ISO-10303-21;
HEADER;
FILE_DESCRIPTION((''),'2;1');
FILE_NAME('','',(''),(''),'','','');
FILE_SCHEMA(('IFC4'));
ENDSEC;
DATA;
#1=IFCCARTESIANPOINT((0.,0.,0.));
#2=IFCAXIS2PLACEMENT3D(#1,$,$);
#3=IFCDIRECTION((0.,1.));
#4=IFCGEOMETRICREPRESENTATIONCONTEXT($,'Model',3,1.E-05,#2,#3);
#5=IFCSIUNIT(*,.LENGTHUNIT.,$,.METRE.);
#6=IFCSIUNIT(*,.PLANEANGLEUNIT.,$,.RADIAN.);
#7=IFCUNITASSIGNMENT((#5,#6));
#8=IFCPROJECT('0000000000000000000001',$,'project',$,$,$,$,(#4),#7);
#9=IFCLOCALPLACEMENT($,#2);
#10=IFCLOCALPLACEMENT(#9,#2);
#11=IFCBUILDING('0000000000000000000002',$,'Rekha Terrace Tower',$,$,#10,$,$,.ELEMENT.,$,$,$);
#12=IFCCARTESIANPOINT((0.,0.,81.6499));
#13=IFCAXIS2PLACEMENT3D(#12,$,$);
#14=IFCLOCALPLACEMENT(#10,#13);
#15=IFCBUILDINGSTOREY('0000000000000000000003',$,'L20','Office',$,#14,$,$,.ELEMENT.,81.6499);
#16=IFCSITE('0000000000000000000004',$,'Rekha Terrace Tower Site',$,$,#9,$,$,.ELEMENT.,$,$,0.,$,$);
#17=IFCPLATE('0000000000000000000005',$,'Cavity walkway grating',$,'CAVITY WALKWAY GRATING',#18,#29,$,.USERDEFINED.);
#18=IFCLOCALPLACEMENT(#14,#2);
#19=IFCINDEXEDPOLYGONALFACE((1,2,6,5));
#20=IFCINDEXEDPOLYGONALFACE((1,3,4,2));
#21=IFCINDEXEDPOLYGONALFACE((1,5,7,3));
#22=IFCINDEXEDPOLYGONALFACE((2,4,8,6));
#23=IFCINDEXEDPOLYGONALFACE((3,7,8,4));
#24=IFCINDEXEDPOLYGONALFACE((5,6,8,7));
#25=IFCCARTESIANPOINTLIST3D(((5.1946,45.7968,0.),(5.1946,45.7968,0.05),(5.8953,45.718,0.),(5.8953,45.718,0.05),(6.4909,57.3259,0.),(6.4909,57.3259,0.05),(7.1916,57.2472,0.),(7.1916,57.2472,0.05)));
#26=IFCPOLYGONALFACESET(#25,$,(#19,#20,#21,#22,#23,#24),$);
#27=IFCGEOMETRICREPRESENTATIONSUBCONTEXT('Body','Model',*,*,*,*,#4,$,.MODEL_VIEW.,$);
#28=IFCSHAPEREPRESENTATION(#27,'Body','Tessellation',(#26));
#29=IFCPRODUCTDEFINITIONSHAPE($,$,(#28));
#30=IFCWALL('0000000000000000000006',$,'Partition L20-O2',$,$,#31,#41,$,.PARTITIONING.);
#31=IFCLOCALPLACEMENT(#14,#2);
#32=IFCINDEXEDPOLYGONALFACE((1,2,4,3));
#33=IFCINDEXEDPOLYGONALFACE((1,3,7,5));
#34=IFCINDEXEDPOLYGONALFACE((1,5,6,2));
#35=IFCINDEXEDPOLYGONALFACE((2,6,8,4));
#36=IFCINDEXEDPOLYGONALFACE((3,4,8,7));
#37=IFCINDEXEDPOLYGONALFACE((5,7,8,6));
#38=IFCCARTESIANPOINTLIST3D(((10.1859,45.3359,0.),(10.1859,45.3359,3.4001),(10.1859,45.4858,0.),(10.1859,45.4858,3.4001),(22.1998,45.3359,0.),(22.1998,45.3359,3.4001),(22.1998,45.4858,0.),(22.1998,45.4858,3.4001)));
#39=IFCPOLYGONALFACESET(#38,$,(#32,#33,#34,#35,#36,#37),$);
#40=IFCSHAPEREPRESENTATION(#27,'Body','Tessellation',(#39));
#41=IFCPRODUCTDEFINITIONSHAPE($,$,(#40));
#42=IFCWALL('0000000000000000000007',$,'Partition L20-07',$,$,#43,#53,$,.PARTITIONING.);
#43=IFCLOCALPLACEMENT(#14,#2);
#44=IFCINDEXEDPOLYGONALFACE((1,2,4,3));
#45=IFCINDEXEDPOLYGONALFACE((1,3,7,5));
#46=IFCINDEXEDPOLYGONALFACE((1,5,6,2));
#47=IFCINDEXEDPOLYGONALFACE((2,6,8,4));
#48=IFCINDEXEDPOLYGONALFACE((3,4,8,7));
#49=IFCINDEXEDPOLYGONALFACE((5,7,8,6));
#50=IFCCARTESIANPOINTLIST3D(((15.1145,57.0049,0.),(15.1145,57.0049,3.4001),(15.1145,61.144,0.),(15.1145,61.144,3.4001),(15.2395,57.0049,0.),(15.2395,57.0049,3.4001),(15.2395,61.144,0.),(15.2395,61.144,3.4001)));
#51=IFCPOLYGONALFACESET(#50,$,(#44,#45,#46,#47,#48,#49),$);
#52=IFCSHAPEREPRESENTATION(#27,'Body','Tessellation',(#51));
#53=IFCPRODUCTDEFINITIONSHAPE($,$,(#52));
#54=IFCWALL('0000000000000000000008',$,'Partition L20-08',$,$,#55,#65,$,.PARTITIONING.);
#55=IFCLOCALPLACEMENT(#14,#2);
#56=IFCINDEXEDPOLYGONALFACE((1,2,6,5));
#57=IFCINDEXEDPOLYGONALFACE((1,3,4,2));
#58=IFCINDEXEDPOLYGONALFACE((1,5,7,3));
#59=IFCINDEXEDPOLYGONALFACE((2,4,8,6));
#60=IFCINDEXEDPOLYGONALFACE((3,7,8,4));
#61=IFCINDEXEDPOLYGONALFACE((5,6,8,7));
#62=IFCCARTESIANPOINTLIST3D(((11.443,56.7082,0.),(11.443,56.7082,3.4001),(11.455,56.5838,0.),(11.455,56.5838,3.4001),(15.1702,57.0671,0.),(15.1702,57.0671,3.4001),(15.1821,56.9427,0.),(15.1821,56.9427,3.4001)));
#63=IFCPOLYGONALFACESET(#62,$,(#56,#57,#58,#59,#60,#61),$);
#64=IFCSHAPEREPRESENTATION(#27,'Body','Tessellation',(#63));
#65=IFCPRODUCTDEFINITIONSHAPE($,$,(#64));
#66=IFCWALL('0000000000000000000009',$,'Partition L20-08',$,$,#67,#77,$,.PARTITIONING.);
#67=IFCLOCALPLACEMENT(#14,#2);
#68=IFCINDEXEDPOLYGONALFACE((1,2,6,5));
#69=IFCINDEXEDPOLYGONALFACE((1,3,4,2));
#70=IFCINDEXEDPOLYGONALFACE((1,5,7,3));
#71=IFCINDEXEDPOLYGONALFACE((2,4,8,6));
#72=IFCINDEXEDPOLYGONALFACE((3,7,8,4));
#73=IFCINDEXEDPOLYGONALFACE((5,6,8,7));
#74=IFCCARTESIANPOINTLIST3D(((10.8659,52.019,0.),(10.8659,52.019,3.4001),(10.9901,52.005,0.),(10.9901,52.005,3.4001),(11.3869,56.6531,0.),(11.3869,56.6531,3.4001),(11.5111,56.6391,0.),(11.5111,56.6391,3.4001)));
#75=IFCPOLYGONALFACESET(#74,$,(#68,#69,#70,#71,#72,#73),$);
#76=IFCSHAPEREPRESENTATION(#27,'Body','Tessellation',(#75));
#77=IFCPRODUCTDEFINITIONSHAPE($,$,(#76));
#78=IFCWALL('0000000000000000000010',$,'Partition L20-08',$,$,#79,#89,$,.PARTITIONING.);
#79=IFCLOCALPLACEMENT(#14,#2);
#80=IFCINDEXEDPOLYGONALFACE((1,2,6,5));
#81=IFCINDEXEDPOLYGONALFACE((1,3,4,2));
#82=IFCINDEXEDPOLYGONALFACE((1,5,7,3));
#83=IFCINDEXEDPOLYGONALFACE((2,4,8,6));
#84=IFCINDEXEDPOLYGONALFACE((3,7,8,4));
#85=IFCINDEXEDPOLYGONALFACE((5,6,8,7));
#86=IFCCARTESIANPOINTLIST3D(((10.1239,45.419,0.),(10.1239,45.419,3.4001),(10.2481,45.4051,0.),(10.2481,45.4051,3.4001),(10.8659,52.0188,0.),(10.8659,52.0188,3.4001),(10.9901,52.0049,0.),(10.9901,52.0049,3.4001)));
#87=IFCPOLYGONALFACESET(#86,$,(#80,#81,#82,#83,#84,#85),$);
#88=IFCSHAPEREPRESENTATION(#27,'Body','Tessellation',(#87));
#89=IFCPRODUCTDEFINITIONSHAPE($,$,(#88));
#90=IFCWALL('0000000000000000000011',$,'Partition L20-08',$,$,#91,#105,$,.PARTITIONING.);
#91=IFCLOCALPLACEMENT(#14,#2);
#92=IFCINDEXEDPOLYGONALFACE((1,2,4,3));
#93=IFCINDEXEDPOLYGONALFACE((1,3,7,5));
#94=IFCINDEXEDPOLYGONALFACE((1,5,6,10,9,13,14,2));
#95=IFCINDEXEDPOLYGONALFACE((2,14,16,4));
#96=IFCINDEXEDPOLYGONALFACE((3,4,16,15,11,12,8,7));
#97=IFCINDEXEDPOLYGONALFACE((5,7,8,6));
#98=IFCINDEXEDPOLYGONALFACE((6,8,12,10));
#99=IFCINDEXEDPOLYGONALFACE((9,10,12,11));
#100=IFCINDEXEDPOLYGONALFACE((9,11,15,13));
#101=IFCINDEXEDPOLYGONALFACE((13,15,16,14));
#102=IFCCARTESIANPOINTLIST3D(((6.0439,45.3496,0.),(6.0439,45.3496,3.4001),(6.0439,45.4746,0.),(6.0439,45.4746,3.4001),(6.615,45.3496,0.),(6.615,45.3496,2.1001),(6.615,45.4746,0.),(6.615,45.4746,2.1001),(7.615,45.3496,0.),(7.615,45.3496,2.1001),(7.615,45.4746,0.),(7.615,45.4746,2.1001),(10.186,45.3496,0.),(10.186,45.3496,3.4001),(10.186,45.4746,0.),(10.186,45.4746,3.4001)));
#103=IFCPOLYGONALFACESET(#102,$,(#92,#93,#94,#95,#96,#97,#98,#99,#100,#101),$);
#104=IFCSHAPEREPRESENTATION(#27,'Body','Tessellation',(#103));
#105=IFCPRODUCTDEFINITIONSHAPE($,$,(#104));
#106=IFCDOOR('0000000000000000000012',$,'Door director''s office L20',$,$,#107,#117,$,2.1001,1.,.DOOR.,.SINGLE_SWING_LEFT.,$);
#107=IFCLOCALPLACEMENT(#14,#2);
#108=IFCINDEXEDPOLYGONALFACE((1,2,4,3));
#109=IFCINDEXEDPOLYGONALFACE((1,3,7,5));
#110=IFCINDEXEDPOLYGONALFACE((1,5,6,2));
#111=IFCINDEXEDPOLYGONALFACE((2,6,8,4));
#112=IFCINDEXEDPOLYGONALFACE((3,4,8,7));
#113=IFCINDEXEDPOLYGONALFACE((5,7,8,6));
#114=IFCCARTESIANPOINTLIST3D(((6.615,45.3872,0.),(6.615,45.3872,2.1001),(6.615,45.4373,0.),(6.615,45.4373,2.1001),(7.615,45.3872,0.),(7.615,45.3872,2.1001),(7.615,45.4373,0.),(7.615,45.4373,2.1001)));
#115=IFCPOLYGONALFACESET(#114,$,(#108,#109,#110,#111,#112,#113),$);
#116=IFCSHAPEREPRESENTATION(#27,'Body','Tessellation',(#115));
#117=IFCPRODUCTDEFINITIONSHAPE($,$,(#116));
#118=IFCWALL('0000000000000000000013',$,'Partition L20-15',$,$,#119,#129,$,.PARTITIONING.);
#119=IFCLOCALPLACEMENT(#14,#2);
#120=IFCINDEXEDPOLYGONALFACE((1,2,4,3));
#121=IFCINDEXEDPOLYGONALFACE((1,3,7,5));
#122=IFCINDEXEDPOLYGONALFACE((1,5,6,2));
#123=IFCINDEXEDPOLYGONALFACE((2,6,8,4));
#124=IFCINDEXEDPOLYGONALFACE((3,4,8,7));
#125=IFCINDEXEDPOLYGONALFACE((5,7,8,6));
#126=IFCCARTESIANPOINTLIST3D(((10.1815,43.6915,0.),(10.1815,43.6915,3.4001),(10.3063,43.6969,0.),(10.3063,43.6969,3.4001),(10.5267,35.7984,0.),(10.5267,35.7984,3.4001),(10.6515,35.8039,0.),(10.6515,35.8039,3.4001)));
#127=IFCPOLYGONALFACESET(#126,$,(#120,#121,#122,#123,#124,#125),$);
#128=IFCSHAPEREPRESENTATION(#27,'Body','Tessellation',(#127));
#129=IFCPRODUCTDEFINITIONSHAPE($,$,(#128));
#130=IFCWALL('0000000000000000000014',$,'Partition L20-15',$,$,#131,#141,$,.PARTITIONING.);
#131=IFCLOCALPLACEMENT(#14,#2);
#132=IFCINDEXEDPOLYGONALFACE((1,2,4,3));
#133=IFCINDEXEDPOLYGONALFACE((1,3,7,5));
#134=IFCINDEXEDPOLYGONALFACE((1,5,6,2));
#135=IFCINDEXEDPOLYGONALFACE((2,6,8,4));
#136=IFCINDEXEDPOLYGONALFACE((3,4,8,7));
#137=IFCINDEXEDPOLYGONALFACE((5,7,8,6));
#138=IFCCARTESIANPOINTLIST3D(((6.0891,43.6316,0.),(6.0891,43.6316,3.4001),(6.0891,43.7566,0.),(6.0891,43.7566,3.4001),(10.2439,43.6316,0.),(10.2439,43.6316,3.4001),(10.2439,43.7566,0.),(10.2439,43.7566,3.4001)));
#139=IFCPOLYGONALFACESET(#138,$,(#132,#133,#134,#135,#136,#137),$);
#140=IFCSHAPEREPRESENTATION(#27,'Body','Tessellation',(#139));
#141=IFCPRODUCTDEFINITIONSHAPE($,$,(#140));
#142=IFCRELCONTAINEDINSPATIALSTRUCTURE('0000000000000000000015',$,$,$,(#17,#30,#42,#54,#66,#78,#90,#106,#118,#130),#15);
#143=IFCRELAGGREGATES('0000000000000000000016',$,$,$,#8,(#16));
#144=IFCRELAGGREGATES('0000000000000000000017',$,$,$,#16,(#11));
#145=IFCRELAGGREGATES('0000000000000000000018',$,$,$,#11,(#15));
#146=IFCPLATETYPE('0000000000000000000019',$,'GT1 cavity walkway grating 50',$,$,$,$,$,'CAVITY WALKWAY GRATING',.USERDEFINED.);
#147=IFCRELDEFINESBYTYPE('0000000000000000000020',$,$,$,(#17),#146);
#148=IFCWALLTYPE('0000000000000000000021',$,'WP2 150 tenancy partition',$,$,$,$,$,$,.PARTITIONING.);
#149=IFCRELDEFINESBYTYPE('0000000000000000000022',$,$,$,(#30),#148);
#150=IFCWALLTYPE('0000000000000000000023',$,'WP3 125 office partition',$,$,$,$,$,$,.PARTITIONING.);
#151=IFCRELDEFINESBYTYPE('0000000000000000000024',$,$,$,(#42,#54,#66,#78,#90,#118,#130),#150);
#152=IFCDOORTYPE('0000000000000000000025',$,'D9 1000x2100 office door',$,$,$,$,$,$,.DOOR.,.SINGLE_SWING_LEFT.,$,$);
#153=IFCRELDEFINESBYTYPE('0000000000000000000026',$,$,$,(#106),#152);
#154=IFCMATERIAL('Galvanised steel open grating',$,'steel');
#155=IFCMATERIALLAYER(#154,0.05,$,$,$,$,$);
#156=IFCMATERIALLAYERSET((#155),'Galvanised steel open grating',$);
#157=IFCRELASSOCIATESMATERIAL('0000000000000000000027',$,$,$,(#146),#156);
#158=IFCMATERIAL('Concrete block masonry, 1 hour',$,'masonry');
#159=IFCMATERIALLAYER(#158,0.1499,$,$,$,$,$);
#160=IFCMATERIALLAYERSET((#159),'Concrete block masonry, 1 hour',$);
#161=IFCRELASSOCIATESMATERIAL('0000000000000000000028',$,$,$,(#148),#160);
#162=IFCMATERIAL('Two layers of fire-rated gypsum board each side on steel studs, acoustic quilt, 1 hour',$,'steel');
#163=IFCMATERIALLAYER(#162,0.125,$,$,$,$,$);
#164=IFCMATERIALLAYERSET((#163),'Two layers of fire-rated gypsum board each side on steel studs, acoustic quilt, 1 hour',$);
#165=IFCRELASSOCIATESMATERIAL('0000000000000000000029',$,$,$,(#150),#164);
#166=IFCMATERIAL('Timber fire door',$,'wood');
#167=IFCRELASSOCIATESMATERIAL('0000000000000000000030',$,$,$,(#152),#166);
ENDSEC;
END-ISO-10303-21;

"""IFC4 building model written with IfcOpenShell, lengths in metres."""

from ifc_helpers import new_model, si_unit, direction, frame, frame_2d, origin, origin_2d, place, context, subcontext, project, spatial, rectangle, extrude, material, layer, layer_set, type_object, element, fill, save


model = new_model("IFC4")

# Units and contexts
model_context = context("Model", 3, precision=1e-05, world=origin(), true_north=direction((0.0, 1.0)))
body_context = subcontext(model_context, "Body", "Model", "MODEL_VIEW")
ifc_project = project(units=[si_unit("LENGTHUNIT", "METRE"), si_unit("PLANEANGLEUNIT", "RADIAN")], contexts=[model_context])

# Site, building, storey
site_placement = place(None, origin())
site = spatial("IfcSite", under=ifc_project, at=site_placement, Name="Rekha Terrace Tower Site", CompositionType="ELEMENT", RefElevation=0.0)
building_placement = place(site_placement, origin())
building = spatial("IfcBuilding", under=site, at=building_placement, Name="Rekha Terrace Tower", CompositionType="ELEMENT")
storey_placement = place(building_placement, frame((0.0, 0.0, 81.6499)))
storey = spatial("IfcBuildingStorey", under=building, at=storey_placement, Name="L20", Description="Office", CompositionType="ELEMENT", Elevation=81.6499)

# Plate
ifc_material_1 = material(Name="Galvanised steel open grating", Category="steel")
ifc_layer_1 = layer(ifc_material_1, 0.05)
ifc_layer_set_1 = layer_set([ifc_layer_1], Name="Galvanised steel open grating")
plate_type_1 = type_object("IfcPlateType", Name="GT1 cavity walkway grating 50", ElementType="CAVITY WALKWAY GRATING", PredefinedType="USERDEFINED", material=ifc_layer_set_1)
plate_1_placement = place(storey_placement, frame((6.1931, 51.522, 0.0), z_axis=(0.0, 0.0, 1.0), x_axis=(-0.11173, -0.993739, 0.0)))
element("IfcPlate", 1, at=plate_1_placement, inside=storey, type_object=plate_type_1, Name="Cavity walkway grating", ObjectType="CAVITY WALKWAY GRATING", PredefinedType="USERDEFINED", context=body_context, shape_type="SweptSolid", body=[
    extrude(rectangle(XDim=11.6018, YDim=0.7051, at=origin_2d()), origin(), (0.0, 0.0, 1.0), 0.05),
])

# Walls
ifc_material_2 = material(Name="Concrete block masonry, 1 hour", Category="masonry")
ifc_layer_2 = layer(ifc_material_2, 0.1499)
ifc_layer_set_2 = layer_set([ifc_layer_2], Name="Concrete block masonry, 1 hour")
wall_type_1 = type_object("IfcWallType", Name="WP2 150 tenancy partition", PredefinedType="PARTITIONING", material=ifc_layer_set_2)
wall_1_placement = place(storey_placement, frame((10.186, 45.4109, 0.0), z_axis=(0.0, 0.0, 1.0), x_axis=(1.0, 0.0, 0.0)))
element("IfcWall", 2, at=wall_1_placement, inside=storey, type_object=wall_type_1, Name="Partition L20-O2", PredefinedType="PARTITIONING", context=body_context, shape_type="SweptSolid", body=[
    extrude(rectangle(XDim=12.0139, YDim=0.1499, at=frame_2d((6.0068, 0.0))), origin(), (0.0, 0.0, 1.0), 3.4001),
])
ifc_material_3 = material(Name="Two layers of fire-rated gypsum board each side on steel studs, acoustic quilt, 1 hour", Category="steel")
ifc_layer_3 = layer(ifc_material_3, 0.125)
ifc_layer_set_3 = layer_set([ifc_layer_3], Name="Two layers of fire-rated gypsum board each side on steel studs, acoustic quilt, 1 hour")
wall_type_2 = type_object("IfcWallType", Name="WP3 125 office partition", PredefinedType="PARTITIONING", material=ifc_layer_set_3)
wall_2_placement = place(storey_placement, frame((15.177, 57.0049, 0.0), z_axis=(0.0, 0.0, 1.0), x_axis=(0.0, 1.0, 0.0)))
element("IfcWall", 3, at=wall_2_placement, inside=storey, type_object=wall_type_2, Name="Partition L20-07", PredefinedType="PARTITIONING", context=body_context, shape_type="SweptSolid", body=[
    extrude(rectangle(XDim=4.1392, YDim=0.125, at=frame_2d((2.0696, 0.0))), origin(), (0.0, 0.0, 1.0), 3.4001),
])
wall_3_placement = place(storey_placement, frame((15.176, 57.0049, 0.0), z_axis=(0.0, 0.0, 1.0), x_axis=(-0.995396, -0.095849, 0.0)))
element("IfcWall", 4, at=wall_3_placement, inside=storey, type_object=wall_type_2, Name="Partition L20-08", PredefinedType="PARTITIONING", context=body_context, shape_type="SweptSolid", body=[
    extrude(rectangle(XDim=3.7444, YDim=0.125, at=frame_2d((1.8721, 0.0))), origin(), (0.0, 0.0, 1.0), 3.4001),
])
wall_4_placement = place(storey_placement, frame((11.449, 56.646, 0.0), z_axis=(0.0, 0.0, 1.0), x_axis=(-0.111724, -0.993739, 0.0)))
element("IfcWall", 5, at=wall_4_placement, inside=storey, type_object=wall_type_2, Name="Partition L20-08", PredefinedType="PARTITIONING", context=body_context, shape_type="SweptSolid", body=[
    extrude(rectangle(XDim=4.6633, YDim=0.125, at=frame_2d((2.3315, 0.0))), origin(), (0.0, 0.0, 1.0), 3.4001),
])
wall_5_placement = place(storey_placement, frame((10.928, 52.012, 0.0), z_axis=(0.0, 0.0, 1.0), x_axis=(-0.111714, -0.99374, 0.0)))
element("IfcWall", 6, at=wall_5_placement, inside=storey, type_object=wall_type_2, Name="Partition L20-08", PredefinedType="PARTITIONING", context=body_context, shape_type="SweptSolid", body=[
    extrude(rectangle(XDim=6.6414, YDim=0.125, at=frame_2d((3.3208, 0.0))), origin(), (0.0, 0.0, 1.0), 3.4001),
])

# Wall, opening, door
wall_6_placement = place(storey_placement, frame((10.186, 45.4121, 0.0), z_axis=(0.0, 0.0, 1.0), x_axis=(-1.0, 0.0, 0.0)))
wall_6 = element("IfcWall", 7, at=wall_6_placement, inside=storey, type_object=wall_type_2, Name="Partition L20-08", PredefinedType="PARTITIONING", context=body_context, shape_type="SweptSolid", body=[
    extrude(rectangle(XDim=4.1421, YDim=0.125, at=frame_2d((2.071, 0.0))), origin(), (0.0, 0.0, 1.0), 3.4001),
])
opening_placement = place(wall_6_placement, frame((2.571, 0.0, 0.0)))
opening = element("IfcOpeningElement", 8, at=opening_placement, cuts=wall_6, PredefinedType="OPENING", context=body_context, shape_type="SweptSolid", body=[
    extrude(rectangle(XDim=1.0, YDim=2.1001, at=frame_2d((0.5, 1.05))), frame((0.0, 0.0725, 0.0), z_axis=(0.0, -1.0, 0.0), x_axis=(1.0, 0.0, 0.0)), (0.0, 0.0, 1.0), 0.145),
])
ifc_material_4 = material(Name="Timber fire door", Category="wood")
door_type = type_object("IfcDoorType", Name="D9 1000x2100 office door", OperationType="SINGLE_SWING_LEFT", PredefinedType="DOOR", material=ifc_material_4)
door_placement = place(opening_placement, origin())
door = element("IfcDoor", 9, at=door_placement, inside=storey, type_object=door_type, Name="Door director's office L20", OperationType="SINGLE_SWING_LEFT", OverallHeight=2.1001, OverallWidth=1.0, PredefinedType="DOOR", context=body_context, shape_type="SweptSolid", body=[
    extrude(rectangle(XDim=1.0, YDim=2.1001, at=frame_2d((0.5, 1.05))), frame((0.0, 0.0249, 0.0), z_axis=(0.0, -1.0, 0.0), x_axis=(1.0, 0.0, 0.0)), (0.0, 0.0, 1.0), 0.05),
])
fill(opening, door)

# Walls
wall_7_placement = place(storey_placement, frame((10.2439, 43.6941, 0.0), z_axis=(0.0, 0.0, 1.0), x_axis=(0.043695, -0.999045, 0.0)))
element("IfcWall", 10, at=wall_7_placement, inside=storey, type_object=wall_type_2, Name="Partition L20-15", PredefinedType="PARTITIONING", context=body_context, shape_type="SweptSolid", body=[
    extrude(rectangle(XDim=7.9006, YDim=0.125, at=frame_2d((3.9502, 0.0))), origin(), (0.0, 0.0, 1.0), 3.4001),
])
wall_8_placement = place(storey_placement, frame((6.0891, 43.6941, 0.0), z_axis=(0.0, 0.0, 1.0), x_axis=(1.0, 0.0, 0.0)))
element("IfcWall", 11, at=wall_8_placement, inside=storey, type_object=wall_type_2, Name="Partition L20-15", PredefinedType="PARTITIONING", context=body_context, shape_type="SweptSolid", body=[
    extrude(rectangle(XDim=4.1548, YDim=0.125, at=frame_2d((2.0774, 0.0))), origin(), (0.0, 0.0, 1.0), 3.4001),
])

save(model, "model.ifc")
